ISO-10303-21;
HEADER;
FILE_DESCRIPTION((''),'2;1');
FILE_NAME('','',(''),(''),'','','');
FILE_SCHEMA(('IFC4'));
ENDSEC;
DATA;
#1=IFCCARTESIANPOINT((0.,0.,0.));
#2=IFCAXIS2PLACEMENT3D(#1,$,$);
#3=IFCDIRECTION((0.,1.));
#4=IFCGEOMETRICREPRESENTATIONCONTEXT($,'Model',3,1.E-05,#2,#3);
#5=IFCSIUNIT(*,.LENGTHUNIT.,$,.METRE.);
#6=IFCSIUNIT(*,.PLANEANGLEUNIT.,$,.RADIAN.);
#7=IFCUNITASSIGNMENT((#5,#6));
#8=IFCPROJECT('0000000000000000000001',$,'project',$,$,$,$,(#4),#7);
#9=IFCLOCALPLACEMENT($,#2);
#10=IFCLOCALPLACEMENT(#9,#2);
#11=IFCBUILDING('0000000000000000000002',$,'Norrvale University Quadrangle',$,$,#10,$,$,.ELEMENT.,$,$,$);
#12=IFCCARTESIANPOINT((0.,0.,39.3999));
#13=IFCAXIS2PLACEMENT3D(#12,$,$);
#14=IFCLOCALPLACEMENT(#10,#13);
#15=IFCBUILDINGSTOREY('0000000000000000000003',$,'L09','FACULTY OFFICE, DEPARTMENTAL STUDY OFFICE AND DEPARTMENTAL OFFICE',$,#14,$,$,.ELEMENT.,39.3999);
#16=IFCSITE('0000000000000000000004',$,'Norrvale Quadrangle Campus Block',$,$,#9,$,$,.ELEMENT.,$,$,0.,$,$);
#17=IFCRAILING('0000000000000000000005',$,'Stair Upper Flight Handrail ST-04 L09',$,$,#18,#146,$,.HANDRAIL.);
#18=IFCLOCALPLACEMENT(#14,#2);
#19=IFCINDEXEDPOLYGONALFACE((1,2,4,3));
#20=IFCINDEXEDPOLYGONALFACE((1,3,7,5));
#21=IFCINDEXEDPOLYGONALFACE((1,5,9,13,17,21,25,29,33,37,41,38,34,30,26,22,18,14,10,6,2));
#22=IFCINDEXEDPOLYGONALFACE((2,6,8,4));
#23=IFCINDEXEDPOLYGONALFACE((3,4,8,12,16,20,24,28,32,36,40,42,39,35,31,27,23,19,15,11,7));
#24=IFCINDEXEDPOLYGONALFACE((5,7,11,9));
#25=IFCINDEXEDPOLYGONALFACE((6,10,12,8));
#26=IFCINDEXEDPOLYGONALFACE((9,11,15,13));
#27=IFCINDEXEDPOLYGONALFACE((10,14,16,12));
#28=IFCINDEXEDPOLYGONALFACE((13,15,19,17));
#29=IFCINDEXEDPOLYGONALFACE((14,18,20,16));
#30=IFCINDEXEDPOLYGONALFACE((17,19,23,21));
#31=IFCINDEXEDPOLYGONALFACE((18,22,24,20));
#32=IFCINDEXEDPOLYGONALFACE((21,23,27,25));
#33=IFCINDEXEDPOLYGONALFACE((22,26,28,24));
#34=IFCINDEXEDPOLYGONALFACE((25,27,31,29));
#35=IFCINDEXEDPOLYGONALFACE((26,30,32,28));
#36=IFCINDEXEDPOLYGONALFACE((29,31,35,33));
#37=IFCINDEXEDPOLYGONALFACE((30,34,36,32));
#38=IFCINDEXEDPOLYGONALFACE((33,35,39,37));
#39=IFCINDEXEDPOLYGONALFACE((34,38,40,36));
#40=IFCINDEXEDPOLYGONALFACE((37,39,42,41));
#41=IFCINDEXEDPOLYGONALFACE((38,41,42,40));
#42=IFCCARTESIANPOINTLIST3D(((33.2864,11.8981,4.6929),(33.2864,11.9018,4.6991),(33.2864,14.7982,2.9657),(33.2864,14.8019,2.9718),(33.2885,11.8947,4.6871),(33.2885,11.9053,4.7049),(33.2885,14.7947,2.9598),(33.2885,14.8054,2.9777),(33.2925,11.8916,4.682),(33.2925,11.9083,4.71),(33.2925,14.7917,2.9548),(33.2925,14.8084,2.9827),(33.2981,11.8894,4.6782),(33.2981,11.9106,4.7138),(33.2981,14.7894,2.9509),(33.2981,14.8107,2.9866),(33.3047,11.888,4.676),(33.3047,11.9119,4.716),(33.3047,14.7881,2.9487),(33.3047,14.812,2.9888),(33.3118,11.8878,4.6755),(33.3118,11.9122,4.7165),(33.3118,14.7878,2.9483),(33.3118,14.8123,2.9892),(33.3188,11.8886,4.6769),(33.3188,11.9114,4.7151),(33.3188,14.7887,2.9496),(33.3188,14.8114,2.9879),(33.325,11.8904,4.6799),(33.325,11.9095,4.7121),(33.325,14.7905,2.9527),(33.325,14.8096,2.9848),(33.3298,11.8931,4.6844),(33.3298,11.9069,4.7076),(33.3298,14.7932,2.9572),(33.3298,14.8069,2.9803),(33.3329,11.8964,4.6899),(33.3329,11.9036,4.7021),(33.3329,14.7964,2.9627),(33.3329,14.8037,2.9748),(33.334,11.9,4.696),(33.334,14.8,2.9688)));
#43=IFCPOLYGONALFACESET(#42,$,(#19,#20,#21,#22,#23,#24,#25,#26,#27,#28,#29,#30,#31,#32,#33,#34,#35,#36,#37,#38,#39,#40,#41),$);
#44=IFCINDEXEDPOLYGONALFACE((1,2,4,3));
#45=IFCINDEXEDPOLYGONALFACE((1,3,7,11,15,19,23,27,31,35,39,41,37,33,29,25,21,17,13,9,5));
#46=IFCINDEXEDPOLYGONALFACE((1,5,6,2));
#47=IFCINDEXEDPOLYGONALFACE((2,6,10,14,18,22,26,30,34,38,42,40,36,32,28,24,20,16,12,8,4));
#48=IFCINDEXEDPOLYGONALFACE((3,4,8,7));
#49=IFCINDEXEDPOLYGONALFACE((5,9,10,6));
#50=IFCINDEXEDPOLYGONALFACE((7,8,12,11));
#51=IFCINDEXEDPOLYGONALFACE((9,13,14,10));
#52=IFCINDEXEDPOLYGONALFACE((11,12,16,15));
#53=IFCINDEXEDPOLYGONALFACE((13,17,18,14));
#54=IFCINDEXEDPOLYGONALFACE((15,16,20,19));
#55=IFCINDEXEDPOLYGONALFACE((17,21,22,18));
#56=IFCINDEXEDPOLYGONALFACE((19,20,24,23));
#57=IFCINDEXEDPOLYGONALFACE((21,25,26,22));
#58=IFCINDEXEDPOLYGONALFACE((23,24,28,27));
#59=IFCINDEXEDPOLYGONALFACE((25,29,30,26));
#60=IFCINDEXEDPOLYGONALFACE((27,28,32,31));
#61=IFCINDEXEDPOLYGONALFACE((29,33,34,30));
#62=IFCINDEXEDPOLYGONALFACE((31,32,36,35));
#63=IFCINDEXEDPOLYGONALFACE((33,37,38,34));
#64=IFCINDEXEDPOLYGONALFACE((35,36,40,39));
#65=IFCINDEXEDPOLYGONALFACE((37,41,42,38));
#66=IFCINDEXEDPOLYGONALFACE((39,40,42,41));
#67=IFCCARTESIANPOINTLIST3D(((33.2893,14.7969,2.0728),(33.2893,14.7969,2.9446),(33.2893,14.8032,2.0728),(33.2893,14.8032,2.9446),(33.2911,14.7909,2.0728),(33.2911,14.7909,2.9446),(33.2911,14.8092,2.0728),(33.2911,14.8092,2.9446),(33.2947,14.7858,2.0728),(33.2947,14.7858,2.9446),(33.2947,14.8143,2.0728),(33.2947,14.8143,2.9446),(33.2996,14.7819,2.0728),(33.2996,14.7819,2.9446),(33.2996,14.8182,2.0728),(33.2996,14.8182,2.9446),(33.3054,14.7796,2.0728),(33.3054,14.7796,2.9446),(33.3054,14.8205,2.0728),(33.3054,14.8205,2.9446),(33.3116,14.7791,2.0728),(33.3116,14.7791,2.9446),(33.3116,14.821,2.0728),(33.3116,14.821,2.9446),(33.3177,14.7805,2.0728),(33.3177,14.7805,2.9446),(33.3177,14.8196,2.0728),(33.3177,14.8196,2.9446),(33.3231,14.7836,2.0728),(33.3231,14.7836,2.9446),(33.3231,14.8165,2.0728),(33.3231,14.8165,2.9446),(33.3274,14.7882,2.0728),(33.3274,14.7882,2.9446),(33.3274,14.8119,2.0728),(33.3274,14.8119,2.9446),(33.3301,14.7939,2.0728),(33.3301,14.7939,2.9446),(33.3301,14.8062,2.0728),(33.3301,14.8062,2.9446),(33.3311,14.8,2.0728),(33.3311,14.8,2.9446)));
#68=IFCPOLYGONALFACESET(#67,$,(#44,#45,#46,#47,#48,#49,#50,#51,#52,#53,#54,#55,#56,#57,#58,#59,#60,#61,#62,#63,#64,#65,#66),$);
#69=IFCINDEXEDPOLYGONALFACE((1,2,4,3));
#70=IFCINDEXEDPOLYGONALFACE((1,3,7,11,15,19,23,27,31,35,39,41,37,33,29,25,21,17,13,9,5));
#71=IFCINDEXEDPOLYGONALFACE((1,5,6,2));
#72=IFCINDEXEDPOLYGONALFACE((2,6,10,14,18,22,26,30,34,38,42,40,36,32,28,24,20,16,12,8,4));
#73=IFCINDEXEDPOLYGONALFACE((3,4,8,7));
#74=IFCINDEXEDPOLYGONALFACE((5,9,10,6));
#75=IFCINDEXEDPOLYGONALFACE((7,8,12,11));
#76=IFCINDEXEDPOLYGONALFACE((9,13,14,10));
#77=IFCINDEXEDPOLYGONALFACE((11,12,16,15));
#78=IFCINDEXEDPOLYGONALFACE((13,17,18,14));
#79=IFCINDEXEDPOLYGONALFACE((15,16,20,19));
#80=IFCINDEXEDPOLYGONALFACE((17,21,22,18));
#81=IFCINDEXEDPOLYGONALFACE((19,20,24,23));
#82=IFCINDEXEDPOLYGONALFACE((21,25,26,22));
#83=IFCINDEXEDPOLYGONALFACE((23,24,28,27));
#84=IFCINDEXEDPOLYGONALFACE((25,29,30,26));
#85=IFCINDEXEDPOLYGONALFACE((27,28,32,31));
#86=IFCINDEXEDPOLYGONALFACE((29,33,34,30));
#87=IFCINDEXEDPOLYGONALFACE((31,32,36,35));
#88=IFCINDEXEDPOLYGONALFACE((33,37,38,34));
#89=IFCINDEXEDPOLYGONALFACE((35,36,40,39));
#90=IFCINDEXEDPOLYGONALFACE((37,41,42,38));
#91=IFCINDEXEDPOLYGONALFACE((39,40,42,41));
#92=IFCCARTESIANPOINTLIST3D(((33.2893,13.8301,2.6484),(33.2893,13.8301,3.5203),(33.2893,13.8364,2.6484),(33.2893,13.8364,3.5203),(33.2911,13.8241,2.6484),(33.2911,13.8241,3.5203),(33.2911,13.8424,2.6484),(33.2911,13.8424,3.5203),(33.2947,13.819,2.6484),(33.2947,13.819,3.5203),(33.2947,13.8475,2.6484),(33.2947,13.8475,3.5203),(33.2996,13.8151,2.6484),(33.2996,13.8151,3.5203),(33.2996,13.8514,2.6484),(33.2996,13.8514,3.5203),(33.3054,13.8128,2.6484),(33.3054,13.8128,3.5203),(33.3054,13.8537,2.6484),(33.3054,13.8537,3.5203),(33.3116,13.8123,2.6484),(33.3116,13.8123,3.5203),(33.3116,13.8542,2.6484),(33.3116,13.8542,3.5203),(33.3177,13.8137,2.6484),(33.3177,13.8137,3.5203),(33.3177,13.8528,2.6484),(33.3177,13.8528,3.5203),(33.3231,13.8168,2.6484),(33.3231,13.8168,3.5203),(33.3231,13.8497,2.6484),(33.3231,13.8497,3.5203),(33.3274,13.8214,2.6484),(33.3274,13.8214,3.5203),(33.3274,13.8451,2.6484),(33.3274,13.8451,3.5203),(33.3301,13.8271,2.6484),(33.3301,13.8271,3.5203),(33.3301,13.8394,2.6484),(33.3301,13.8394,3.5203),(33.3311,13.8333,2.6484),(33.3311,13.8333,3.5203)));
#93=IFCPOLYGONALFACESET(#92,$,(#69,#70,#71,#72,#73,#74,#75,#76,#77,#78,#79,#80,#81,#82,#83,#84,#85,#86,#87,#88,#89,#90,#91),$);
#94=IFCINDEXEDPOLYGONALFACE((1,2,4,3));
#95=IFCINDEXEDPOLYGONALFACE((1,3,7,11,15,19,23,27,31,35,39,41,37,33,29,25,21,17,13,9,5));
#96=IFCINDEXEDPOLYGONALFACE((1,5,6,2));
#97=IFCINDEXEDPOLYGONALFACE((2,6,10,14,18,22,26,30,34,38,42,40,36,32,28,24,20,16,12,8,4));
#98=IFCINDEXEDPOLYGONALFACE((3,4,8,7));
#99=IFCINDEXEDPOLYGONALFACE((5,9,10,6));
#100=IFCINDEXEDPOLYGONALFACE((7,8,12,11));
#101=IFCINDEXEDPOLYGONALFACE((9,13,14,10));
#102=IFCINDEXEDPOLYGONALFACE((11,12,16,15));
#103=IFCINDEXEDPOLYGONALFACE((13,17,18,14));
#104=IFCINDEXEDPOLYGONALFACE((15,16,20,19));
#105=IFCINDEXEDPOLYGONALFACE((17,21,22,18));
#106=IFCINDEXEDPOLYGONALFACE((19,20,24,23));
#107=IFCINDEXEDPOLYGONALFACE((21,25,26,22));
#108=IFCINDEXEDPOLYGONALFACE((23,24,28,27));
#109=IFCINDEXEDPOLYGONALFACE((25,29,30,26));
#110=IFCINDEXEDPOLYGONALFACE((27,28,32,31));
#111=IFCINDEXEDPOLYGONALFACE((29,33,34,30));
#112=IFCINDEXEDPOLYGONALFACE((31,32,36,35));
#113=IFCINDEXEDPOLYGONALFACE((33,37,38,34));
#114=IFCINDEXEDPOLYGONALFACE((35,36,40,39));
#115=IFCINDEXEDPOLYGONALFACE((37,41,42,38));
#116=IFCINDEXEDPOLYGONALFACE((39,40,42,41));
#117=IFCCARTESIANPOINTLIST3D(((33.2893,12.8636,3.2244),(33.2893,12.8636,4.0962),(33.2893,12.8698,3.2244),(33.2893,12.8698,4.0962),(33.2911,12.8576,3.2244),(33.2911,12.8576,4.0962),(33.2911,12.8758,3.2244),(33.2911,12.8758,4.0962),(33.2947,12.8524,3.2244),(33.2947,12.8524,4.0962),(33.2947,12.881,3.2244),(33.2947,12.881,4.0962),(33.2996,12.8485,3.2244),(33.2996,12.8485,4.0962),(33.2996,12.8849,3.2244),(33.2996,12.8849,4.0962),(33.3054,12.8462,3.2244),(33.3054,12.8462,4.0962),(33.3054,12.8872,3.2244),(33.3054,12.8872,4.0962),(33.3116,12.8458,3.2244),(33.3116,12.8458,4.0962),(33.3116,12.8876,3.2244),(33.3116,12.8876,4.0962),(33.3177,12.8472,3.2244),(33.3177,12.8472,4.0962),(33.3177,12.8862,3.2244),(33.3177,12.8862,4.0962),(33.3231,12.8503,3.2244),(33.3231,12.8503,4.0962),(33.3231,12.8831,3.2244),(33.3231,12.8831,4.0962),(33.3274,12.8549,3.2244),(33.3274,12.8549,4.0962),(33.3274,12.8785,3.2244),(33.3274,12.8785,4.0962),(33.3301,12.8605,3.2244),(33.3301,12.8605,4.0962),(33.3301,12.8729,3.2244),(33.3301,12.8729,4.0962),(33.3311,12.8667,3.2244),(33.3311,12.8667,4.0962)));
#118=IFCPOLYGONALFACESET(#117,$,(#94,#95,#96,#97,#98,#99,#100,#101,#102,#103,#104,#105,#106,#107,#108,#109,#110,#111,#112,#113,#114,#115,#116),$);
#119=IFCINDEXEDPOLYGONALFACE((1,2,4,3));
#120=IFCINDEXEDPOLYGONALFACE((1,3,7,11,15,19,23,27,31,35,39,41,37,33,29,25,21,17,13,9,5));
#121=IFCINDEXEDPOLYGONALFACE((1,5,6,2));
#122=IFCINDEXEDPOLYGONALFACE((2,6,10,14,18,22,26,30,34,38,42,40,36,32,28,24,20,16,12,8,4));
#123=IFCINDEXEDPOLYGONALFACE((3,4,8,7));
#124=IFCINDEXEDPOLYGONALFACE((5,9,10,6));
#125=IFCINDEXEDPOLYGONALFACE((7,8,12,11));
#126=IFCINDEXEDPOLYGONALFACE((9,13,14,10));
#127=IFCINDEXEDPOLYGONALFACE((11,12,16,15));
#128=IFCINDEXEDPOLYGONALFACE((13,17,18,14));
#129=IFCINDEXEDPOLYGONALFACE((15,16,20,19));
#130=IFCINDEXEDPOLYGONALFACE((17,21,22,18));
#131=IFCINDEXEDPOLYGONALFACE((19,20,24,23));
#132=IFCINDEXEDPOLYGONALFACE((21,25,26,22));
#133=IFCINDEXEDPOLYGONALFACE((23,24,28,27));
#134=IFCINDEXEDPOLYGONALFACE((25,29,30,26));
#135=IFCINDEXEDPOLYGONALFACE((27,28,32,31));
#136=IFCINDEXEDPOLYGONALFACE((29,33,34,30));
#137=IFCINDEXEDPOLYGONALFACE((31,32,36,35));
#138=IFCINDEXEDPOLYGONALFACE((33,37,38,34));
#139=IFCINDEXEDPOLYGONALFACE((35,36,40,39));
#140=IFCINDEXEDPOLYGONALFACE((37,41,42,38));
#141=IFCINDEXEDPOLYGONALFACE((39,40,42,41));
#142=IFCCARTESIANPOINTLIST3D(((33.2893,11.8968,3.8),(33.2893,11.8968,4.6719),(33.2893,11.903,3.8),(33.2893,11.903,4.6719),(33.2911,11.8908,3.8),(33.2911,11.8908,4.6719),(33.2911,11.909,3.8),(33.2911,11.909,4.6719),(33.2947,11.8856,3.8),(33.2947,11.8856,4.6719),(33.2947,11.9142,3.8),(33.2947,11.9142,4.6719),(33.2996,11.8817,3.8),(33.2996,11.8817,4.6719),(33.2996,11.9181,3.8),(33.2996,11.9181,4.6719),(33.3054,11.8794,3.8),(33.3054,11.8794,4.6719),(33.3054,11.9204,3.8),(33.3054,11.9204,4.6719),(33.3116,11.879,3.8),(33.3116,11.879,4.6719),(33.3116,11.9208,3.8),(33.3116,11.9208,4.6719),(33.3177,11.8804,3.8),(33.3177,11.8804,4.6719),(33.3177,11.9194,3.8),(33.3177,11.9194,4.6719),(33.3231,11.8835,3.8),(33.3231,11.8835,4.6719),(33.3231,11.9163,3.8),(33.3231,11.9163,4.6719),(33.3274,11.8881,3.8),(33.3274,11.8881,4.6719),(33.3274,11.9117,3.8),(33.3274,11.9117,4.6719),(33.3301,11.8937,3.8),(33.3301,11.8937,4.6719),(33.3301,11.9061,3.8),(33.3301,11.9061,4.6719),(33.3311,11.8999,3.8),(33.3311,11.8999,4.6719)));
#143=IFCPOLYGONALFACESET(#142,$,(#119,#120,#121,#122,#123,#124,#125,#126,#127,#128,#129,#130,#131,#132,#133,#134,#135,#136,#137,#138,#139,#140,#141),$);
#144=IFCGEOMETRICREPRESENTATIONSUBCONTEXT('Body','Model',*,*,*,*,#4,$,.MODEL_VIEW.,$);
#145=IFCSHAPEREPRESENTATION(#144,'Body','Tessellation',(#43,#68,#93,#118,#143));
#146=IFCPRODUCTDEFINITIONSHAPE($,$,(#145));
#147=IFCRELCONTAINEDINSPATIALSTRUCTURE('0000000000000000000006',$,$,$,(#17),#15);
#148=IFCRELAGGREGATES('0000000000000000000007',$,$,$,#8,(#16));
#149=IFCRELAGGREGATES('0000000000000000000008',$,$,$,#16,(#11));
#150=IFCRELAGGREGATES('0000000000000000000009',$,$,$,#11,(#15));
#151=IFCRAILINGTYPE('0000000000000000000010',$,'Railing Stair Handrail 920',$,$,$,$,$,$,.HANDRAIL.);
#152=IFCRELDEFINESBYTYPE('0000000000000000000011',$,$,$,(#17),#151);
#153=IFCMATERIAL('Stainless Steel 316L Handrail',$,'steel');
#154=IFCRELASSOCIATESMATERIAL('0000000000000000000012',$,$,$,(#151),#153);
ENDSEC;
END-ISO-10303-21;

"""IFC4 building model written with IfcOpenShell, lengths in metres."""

from ifc_helpers import new_model, si_unit, direction, frame, origin, origin_2d, place, context, subcontext, project, spatial, circle, extrude, material, type_object, element, save


model = new_model("IFC4")

# Units and contexts
model_context = context("Model", 3, precision=1e-05, world=origin(), true_north=direction((0.0, 1.0)))
body_context = subcontext(model_context, "Body", "Model", "MODEL_VIEW")
ifc_project = project(units=[si_unit("LENGTHUNIT", "METRE"), si_unit("PLANEANGLEUNIT", "RADIAN")], contexts=[model_context])

# Site, building, storey
site_placement = place(None, origin())
site = spatial("IfcSite", under=ifc_project, at=site_placement, Name="Norrvale Quadrangle Campus Block", CompositionType="ELEMENT", RefElevation=0.0)
building_placement = place(site_placement, origin())
building = spatial("IfcBuilding", under=site, at=building_placement, Name="Norrvale University Quadrangle", CompositionType="ELEMENT")
storey_placement = place(building_placement, frame((0.0, 0.0, 39.3999)))
storey = spatial("IfcBuildingStorey", under=building, at=storey_placement, Name="L09", Description="FACULTY OFFICE, DEPARTMENTAL STUDY OFFICE AND DEPARTMENTAL OFFICE", CompositionType="ELEMENT", Elevation=39.3999)

# Railing
ifc_material_1 = material(Name="Stainless Steel 316L Handrail", Category="steel")
railing_type_1 = type_object("IfcRailingType", Name="Railing Stair Handrail 920", PredefinedType="HANDRAIL", material=ifc_material_1)
railing_1_placement = place(storey_placement, frame((33.3101, 14.8, 2.0728)))
element("IfcRailing", 1, at=railing_1_placement, inside=storey, type_object=railing_type_1, Name="Stair Upper Flight Handrail ST-04 L09", PredefinedType="HANDRAIL", context=body_context, shape_type="SweptSolid", body=[
    extrude(circle(Radius=0.0239, at=origin_2d()), frame((0.0, 0.0, 0.896), z_axis=(0.0, -0.85916, 0.511706), x_axis=(1.0, 0.0, 0.0)), (0.0, 0.0, 1.0), 3.3755),
    extrude(circle(Radius=0.021, at=origin_2d()), origin(), (0.0, 0.0, 1.0), 0.8718),
    extrude(circle(Radius=0.021, at=origin_2d()), frame((0.0, -0.9668, 0.5757)), (0.0, 0.0, 1.0), 0.8718),
    extrude(circle(Radius=0.021, at=origin_2d()), frame((0.0, -1.9333, 1.1516)), (0.0, 0.0, 1.0), 0.8718),
    extrude(circle(Radius=0.021, at=origin_2d()), frame((0.0, -2.9001, 1.7273)), (0.0, 0.0, 1.0), 0.8718),
])

save(model, "model.ifc")
